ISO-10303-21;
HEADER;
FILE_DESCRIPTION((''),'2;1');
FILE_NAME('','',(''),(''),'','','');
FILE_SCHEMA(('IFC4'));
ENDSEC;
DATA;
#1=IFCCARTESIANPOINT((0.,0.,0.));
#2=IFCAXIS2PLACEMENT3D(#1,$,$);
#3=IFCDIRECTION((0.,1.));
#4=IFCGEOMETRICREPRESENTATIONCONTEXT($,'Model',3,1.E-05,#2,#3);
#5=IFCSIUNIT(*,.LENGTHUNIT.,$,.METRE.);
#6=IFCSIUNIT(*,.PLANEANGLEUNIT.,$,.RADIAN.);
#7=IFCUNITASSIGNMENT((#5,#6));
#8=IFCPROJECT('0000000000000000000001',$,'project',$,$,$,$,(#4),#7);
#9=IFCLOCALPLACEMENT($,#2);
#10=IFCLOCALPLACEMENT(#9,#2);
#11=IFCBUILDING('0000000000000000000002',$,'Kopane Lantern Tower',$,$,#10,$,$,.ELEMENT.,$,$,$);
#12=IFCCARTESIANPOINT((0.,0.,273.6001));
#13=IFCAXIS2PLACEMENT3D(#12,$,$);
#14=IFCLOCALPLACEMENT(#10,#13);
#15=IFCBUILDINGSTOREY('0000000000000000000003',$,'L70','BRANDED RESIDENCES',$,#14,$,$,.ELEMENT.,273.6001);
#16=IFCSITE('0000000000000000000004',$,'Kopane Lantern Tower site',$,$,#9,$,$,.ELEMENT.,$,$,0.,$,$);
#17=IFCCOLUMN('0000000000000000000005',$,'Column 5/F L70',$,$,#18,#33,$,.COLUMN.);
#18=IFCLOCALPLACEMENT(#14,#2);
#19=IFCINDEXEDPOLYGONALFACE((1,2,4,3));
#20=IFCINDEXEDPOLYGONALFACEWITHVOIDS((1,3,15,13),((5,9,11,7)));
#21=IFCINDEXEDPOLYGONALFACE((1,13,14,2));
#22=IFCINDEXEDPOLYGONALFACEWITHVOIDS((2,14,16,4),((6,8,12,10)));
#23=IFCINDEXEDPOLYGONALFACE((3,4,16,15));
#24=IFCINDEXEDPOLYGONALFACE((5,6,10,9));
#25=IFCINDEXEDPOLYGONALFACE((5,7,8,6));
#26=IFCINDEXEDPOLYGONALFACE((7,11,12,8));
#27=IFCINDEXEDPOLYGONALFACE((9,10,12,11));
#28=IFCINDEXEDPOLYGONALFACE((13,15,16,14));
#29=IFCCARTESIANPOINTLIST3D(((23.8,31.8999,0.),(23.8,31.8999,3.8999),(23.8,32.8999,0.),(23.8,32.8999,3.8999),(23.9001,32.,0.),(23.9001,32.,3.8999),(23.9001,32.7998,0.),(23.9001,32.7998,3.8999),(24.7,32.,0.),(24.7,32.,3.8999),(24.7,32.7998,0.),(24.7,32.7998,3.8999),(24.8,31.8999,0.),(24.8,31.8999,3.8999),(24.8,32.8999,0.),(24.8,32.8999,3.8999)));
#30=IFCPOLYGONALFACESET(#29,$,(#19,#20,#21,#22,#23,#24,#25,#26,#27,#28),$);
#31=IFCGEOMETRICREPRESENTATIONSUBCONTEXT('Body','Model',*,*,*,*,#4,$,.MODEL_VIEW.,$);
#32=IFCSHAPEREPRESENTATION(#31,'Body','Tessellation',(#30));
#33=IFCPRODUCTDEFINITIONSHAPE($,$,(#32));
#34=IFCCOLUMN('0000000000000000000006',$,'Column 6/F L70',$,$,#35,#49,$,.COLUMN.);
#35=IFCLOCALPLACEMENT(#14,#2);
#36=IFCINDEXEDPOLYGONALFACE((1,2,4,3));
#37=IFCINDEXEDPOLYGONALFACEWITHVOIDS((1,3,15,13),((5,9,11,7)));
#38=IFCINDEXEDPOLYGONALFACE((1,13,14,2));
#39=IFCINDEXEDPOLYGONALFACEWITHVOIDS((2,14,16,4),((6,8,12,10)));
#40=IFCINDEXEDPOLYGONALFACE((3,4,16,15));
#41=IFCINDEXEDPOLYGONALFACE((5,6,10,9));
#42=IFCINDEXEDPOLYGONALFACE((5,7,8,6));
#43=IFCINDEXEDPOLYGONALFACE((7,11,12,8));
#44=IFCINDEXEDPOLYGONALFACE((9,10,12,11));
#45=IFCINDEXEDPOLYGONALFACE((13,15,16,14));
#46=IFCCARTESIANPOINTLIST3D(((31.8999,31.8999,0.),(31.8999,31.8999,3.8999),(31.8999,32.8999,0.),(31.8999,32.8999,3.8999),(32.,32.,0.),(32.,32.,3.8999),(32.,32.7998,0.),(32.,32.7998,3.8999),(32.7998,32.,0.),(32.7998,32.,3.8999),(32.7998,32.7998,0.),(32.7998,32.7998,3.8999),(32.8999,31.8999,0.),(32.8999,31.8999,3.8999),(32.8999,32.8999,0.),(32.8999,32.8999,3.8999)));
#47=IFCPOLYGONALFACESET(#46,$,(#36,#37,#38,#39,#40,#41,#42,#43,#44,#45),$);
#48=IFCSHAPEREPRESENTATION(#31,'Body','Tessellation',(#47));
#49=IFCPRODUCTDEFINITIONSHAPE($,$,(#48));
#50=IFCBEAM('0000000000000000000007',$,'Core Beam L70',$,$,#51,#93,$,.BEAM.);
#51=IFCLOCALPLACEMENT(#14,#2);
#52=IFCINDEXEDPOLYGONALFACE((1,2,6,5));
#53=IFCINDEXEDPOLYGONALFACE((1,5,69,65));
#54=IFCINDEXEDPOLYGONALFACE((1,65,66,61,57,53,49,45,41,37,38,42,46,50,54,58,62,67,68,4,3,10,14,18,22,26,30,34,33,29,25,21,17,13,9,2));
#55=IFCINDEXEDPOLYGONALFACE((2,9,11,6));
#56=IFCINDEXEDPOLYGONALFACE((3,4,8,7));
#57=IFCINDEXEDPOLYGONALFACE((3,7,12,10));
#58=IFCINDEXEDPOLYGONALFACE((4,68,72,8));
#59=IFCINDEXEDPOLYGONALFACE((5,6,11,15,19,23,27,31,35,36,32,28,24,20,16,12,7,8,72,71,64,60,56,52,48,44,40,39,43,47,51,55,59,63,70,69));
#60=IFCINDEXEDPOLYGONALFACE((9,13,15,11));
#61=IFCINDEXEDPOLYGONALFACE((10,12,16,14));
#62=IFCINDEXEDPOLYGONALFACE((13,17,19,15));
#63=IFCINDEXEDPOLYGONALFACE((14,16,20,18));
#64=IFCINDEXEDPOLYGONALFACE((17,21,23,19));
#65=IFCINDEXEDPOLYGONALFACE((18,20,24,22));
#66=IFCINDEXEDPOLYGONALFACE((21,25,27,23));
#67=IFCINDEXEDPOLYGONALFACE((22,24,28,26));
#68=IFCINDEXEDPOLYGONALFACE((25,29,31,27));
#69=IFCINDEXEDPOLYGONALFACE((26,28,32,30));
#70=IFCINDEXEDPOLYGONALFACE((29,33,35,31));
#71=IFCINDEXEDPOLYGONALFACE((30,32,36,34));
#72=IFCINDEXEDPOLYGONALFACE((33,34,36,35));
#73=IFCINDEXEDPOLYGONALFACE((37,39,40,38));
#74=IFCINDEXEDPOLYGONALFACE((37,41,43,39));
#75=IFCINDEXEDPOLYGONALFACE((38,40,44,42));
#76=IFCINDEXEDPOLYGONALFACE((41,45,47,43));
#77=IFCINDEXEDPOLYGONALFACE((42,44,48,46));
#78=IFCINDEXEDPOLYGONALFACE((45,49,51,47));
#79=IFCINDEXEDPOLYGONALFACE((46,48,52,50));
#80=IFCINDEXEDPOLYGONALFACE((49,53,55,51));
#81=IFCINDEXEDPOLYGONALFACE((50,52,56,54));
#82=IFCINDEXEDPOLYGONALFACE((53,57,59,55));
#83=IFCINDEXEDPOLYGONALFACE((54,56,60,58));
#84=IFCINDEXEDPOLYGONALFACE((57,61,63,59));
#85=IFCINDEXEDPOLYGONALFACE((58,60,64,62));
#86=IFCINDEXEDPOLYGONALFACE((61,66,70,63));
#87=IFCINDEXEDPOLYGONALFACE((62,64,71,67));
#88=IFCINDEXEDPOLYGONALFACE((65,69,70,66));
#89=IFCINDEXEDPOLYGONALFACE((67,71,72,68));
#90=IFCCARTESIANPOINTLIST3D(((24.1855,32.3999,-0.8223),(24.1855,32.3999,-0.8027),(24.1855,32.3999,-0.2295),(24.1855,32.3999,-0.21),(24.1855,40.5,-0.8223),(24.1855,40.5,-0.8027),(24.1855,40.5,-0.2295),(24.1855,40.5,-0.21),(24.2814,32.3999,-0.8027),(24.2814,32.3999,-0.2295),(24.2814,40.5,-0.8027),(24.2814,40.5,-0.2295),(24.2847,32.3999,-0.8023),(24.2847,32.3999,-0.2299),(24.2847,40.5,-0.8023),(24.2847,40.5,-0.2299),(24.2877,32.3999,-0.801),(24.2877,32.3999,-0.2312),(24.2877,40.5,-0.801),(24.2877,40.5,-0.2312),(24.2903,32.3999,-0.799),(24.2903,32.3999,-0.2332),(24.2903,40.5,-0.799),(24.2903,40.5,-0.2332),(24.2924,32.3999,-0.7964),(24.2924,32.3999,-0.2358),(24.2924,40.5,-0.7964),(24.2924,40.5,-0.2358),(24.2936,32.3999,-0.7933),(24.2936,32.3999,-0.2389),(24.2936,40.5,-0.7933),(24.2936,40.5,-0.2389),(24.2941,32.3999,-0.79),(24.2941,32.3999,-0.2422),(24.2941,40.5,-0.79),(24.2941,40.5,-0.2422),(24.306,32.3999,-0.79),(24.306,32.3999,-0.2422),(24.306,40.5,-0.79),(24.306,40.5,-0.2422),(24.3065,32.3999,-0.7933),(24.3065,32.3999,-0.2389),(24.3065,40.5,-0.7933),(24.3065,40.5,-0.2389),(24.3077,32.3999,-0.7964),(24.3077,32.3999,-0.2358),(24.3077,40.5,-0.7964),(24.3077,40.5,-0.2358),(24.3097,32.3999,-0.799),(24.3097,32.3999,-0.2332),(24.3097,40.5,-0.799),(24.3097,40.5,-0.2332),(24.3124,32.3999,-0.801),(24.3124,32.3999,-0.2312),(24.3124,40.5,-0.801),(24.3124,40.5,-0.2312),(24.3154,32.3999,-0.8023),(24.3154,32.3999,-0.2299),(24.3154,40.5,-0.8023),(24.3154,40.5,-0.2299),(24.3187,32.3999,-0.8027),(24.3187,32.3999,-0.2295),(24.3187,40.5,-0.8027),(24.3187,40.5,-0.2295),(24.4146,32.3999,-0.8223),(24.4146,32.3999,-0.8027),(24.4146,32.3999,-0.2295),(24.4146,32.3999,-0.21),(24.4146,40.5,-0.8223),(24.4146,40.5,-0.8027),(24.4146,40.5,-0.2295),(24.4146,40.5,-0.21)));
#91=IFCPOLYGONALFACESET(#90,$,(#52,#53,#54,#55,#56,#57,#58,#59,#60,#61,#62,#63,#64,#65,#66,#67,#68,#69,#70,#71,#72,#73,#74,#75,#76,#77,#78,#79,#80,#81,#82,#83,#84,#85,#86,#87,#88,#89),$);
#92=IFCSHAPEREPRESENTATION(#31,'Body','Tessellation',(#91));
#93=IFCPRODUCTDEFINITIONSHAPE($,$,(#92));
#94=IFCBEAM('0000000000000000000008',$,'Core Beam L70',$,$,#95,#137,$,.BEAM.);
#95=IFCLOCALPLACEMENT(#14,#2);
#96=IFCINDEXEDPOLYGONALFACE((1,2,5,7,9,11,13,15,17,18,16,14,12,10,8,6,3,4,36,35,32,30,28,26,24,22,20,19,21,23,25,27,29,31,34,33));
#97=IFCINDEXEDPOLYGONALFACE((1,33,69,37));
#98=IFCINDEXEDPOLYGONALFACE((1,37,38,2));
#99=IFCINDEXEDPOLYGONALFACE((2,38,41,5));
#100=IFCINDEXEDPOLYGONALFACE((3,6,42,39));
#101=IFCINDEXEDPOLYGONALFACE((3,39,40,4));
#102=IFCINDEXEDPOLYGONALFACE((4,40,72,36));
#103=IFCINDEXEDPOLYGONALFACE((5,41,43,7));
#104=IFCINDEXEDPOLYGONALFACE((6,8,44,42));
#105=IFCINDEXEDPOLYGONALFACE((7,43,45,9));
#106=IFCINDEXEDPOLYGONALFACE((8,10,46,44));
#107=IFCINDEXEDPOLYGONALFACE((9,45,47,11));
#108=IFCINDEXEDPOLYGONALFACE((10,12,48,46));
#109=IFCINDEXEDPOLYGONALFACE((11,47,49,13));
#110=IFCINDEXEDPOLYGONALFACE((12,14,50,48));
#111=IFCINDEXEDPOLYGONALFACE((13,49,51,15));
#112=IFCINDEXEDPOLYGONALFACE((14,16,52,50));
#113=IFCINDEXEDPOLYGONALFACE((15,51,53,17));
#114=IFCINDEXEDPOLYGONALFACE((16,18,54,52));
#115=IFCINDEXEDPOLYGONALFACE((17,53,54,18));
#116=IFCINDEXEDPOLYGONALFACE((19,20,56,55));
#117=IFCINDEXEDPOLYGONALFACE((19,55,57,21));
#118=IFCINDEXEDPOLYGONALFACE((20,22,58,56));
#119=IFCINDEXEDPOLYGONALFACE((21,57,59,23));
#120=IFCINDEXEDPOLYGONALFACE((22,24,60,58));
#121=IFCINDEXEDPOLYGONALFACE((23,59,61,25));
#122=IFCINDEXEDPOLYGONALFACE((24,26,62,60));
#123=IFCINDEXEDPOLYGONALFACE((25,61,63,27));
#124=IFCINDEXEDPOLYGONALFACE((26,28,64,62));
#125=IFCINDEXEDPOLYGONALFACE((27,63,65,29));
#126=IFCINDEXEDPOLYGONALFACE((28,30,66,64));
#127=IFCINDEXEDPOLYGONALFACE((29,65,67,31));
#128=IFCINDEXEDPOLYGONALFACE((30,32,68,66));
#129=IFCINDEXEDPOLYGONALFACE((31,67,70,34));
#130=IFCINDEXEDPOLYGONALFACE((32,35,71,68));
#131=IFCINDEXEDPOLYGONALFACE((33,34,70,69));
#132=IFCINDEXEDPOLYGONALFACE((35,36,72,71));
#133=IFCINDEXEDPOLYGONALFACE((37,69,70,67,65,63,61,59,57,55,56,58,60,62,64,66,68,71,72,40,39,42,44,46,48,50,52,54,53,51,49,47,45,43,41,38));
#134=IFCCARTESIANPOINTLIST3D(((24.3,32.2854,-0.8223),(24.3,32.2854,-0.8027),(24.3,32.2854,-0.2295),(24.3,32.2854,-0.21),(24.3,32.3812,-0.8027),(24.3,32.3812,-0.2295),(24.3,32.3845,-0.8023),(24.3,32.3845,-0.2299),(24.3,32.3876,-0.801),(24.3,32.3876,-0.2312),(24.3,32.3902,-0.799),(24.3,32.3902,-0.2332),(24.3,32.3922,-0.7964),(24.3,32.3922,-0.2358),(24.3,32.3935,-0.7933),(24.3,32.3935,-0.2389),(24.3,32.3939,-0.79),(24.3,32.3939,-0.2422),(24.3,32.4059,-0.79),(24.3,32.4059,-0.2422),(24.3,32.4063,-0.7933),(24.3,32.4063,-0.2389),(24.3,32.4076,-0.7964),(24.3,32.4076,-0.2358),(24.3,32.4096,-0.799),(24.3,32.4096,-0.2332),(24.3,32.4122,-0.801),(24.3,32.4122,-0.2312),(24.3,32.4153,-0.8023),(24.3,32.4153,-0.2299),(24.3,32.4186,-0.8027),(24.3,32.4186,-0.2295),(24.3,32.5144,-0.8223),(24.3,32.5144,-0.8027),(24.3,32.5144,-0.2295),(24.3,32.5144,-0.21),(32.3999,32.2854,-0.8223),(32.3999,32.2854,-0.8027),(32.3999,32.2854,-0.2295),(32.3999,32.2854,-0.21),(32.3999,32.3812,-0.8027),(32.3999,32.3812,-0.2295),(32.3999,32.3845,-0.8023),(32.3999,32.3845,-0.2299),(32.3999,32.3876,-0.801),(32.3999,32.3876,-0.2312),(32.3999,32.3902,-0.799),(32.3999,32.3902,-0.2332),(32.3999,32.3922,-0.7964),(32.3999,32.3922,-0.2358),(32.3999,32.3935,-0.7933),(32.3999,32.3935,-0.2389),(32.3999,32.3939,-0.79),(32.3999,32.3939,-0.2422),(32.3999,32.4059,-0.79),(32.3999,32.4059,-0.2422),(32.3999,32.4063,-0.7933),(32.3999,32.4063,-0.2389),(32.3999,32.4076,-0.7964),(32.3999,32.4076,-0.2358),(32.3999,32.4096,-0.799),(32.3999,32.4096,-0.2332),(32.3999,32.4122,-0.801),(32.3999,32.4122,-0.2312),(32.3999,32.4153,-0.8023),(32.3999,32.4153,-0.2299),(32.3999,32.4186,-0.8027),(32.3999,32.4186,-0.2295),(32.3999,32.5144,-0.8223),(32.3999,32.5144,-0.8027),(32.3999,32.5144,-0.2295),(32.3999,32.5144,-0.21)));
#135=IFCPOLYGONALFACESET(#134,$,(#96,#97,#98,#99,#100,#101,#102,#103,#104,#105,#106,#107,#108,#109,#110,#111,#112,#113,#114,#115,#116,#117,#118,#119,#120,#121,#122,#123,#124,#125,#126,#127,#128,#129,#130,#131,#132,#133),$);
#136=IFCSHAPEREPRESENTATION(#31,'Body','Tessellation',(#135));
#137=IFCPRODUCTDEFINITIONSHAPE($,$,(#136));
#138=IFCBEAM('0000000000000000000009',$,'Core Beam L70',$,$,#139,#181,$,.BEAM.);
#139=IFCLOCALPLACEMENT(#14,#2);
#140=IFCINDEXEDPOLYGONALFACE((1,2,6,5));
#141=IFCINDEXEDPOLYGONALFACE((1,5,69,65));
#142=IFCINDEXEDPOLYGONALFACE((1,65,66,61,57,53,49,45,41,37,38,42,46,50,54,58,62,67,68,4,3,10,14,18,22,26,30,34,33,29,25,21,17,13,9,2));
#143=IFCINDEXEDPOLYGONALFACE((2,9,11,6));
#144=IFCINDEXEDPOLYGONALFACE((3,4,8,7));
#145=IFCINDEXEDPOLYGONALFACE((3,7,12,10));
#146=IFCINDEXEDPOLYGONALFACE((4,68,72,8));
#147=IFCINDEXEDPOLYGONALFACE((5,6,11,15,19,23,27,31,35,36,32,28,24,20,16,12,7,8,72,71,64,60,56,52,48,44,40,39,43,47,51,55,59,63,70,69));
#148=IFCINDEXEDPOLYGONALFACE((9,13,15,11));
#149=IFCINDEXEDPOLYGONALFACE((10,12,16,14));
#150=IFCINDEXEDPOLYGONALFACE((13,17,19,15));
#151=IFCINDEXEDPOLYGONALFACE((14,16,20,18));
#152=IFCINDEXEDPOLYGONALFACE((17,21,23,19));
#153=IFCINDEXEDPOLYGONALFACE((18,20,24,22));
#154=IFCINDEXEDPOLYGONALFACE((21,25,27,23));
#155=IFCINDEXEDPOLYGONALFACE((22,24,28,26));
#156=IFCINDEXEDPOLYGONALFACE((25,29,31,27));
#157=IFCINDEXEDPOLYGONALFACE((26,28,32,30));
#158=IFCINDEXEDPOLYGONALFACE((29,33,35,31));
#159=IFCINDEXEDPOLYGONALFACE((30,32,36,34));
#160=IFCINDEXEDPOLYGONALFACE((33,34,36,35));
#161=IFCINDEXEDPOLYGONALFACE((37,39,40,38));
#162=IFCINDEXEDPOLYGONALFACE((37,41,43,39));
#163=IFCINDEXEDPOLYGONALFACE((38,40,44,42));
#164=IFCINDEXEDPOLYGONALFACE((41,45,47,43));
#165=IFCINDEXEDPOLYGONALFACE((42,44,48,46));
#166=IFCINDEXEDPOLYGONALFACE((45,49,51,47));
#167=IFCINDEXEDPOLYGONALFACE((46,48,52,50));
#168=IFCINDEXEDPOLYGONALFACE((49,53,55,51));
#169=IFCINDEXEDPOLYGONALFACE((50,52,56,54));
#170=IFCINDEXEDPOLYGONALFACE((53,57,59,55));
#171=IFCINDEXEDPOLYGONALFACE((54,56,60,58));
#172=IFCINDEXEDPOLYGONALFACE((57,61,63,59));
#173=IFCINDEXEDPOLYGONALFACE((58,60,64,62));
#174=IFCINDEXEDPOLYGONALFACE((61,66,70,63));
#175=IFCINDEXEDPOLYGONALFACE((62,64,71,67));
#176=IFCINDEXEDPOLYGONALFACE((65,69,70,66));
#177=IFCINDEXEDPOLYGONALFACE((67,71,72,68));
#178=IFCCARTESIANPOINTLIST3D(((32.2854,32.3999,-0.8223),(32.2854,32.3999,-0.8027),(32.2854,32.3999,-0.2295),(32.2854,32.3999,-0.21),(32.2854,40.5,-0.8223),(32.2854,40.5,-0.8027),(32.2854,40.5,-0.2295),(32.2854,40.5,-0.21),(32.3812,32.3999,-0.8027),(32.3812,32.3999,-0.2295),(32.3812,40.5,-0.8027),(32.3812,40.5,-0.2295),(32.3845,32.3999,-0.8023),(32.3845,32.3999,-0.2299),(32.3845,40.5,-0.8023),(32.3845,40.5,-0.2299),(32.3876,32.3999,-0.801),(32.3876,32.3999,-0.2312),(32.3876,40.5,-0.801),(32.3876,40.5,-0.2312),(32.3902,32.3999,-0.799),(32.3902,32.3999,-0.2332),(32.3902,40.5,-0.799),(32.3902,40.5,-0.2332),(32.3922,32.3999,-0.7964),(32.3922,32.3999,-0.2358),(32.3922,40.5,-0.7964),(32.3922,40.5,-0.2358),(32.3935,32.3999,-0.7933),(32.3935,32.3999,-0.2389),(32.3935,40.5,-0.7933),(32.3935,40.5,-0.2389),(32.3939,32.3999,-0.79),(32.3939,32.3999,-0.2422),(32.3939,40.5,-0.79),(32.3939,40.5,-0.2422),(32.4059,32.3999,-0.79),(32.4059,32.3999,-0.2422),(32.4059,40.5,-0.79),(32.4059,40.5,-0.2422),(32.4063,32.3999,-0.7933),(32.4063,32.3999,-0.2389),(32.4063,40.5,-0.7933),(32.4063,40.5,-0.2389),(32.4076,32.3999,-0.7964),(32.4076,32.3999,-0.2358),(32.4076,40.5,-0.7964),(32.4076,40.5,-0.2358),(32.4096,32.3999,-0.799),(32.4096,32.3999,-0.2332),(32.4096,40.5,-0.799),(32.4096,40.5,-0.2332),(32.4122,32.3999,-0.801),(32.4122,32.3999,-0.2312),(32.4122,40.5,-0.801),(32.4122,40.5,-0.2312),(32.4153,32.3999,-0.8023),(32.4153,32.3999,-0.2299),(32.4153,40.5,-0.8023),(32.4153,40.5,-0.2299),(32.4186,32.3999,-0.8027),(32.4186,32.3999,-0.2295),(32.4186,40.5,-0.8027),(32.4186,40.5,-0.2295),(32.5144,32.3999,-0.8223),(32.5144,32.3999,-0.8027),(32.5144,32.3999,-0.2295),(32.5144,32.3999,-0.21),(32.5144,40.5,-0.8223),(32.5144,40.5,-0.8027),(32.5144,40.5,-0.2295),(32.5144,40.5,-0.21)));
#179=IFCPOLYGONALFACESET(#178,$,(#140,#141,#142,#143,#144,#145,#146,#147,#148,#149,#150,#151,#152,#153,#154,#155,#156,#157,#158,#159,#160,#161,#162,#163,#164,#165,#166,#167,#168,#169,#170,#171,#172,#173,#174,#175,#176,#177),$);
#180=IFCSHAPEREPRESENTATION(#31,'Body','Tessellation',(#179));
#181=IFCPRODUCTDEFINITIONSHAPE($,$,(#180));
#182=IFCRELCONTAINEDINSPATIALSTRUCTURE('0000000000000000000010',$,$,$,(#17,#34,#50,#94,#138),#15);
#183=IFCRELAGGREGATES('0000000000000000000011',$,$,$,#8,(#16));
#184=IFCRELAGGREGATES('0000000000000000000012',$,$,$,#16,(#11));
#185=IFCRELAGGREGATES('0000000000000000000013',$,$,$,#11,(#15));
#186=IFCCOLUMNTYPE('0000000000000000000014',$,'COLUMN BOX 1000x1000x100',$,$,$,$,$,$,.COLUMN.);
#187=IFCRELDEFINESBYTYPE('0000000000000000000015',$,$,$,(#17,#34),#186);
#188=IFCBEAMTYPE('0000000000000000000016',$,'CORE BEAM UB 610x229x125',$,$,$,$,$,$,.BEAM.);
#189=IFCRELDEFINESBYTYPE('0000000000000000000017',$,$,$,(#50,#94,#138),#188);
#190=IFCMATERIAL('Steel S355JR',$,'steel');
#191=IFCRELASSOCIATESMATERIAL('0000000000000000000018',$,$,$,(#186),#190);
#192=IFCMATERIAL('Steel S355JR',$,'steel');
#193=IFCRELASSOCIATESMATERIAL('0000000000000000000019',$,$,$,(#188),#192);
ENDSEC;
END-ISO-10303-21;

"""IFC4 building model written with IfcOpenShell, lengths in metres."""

from ifc_helpers import new_model, si_unit, direction, frame, origin, origin_2d, place, context, subcontext, project, spatial, hollow_rectangle, i_section, extrude, material, material_profile, profile_set, type_object, element, save


model = new_model("IFC4")

# Units and contexts
model_context = context("Model", 3, precision=1e-05, world=origin(), true_north=direction((0.0, 1.0)))
body_context = subcontext(model_context, "Body", "Model", "MODEL_VIEW")
ifc_project = project(units=[si_unit("LENGTHUNIT", "METRE"), si_unit("PLANEANGLEUNIT", "RADIAN")], contexts=[model_context])

# Site, building, storey
site_placement = place(None, origin())
site = spatial("IfcSite", under=ifc_project, at=site_placement, Name="Kopane Lantern Tower site", CompositionType="ELEMENT", RefElevation=0.0)
building_placement = place(site_placement, origin())
building = spatial("IfcBuilding", under=site, at=building_placement, Name="Kopane Lantern Tower", CompositionType="ELEMENT")
storey_placement = place(building_placement, frame((0.0, 0.0, 273.6001)))
storey = spatial("IfcBuildingStorey", under=building, at=storey_placement, Name="L70", Description="BRANDED RESIDENCES", CompositionType="ELEMENT", Elevation=273.6001)

# Columns
ifc_material_1 = material(Name="Steel S355JR", Category="steel")
ifc_material_profile_1 = material_profile(ifc_material_1, hollow_rectangle(XDim=1.0, YDim=1.0, WallThickness=0.1001, at=origin_2d()), Name="BOX 1000x1000x100")
ifc_profile_set_1 = profile_set([ifc_material_profile_1], Name="Steel S355JR")
column_type = type_object("IfcColumnType", Name="COLUMN BOX 1000x1000x100", PredefinedType="COLUMN", material=ifc_profile_set_1)
for number, where, z_axis, x_axis, name in (
    (1, (24.3, 32.3999, 0.0), (0.0, 0.0, 1.0), (1.0, 0.0, 0.0), "Column 5/F L70"),
    (2, (32.3999, 32.3999, 0.0), (0.0, 0.0, 1.0), (1.0, 0.0, 0.0), "Column 6/F L70"),
):
    element("IfcColumn", number, at=place(storey_placement, frame(where, z_axis=z_axis, x_axis=x_axis)), inside=storey, type_object=column_type, Name=name, PredefinedType="COLUMN", context=body_context, shape_type="SweptSolid", body=[
        extrude(hollow_rectangle(XDim=1.0, YDim=1.0, WallThickness=0.1001, at=origin_2d()), origin(), (0.0, 0.0, 1.0), 3.8999),
    ])

# Beams
ifc_material_2 = material(Name="Steel S355JR", Category="steel")
ifc_material_profile_2 = material_profile(ifc_material_2, i_section(OverallWidth=0.229, OverallDepth=0.6123, WebThickness=0.012, FlangeThickness=0.0195, FilletRadius=0.0127, at=origin_2d()), Name="UB 610x229x125")
ifc_profile_set_2 = profile_set([ifc_material_profile_2], Name="Steel S355JR")
beam_type = type_object("IfcBeamType", Name="CORE BEAM UB 610x229x125", PredefinedType="BEAM", material=ifc_profile_set_2)
beam_1_placement = place(storey_placement, frame((24.3, 32.3999, -0.5161), z_axis=(0.0, 1.0, 0.0), x_axis=(-1.0, 0.0, 0.0)))
element("IfcBeam", 3, at=beam_1_placement, inside=storey, type_object=beam_type, Name="Core Beam L70", PredefinedType="BEAM", context=body_context, shape_type="SweptSolid", body=[
    extrude(i_section(OverallWidth=0.229, OverallDepth=0.6123, WebThickness=0.012, FlangeThickness=0.0195, FilletRadius=0.0127, at=origin_2d()), origin(), (0.0, 0.0, 1.0), 8.1001),
])
beam_2_placement = place(storey_placement, frame((24.3, 32.3999, -0.5161), z_axis=(1.0, 0.0, 0.0), x_axis=(0.0, 1.0, 0.0)))
element("IfcBeam", 4, at=beam_2_placement, inside=storey, type_object=beam_type, Name="Core Beam L70", PredefinedType="BEAM", context=body_context, shape_type="SweptSolid", body=[
    extrude(i_section(OverallWidth=0.229, OverallDepth=0.6123, WebThickness=0.012, FlangeThickness=0.0195, FilletRadius=0.0127, at=origin_2d()), origin(), (0.0, 0.0, 1.0), 8.0999),
])
for number, where, z_axis, x_axis, name in (
    (5, (32.3999, 32.3999, -0.5161), (0.0, 1.0, 0.0), (-1.0, 0.0, 0.0), "Core Beam L70"),
):
    element("IfcBeam", number, at=place(storey_placement, frame(where, z_axis=z_axis, x_axis=x_axis)), inside=storey, type_object=beam_type, Name=name, PredefinedType="BEAM", context=body_context, shape_type="SweptSolid", body=[
        extrude(i_section(OverallWidth=0.229, OverallDepth=0.6123, WebThickness=0.012, FlangeThickness=0.0195, FilletRadius=0.0127, at=origin_2d()), origin(), (0.0, 0.0, 1.0), 8.1001),
    ])

save(model, "model.ifc")
